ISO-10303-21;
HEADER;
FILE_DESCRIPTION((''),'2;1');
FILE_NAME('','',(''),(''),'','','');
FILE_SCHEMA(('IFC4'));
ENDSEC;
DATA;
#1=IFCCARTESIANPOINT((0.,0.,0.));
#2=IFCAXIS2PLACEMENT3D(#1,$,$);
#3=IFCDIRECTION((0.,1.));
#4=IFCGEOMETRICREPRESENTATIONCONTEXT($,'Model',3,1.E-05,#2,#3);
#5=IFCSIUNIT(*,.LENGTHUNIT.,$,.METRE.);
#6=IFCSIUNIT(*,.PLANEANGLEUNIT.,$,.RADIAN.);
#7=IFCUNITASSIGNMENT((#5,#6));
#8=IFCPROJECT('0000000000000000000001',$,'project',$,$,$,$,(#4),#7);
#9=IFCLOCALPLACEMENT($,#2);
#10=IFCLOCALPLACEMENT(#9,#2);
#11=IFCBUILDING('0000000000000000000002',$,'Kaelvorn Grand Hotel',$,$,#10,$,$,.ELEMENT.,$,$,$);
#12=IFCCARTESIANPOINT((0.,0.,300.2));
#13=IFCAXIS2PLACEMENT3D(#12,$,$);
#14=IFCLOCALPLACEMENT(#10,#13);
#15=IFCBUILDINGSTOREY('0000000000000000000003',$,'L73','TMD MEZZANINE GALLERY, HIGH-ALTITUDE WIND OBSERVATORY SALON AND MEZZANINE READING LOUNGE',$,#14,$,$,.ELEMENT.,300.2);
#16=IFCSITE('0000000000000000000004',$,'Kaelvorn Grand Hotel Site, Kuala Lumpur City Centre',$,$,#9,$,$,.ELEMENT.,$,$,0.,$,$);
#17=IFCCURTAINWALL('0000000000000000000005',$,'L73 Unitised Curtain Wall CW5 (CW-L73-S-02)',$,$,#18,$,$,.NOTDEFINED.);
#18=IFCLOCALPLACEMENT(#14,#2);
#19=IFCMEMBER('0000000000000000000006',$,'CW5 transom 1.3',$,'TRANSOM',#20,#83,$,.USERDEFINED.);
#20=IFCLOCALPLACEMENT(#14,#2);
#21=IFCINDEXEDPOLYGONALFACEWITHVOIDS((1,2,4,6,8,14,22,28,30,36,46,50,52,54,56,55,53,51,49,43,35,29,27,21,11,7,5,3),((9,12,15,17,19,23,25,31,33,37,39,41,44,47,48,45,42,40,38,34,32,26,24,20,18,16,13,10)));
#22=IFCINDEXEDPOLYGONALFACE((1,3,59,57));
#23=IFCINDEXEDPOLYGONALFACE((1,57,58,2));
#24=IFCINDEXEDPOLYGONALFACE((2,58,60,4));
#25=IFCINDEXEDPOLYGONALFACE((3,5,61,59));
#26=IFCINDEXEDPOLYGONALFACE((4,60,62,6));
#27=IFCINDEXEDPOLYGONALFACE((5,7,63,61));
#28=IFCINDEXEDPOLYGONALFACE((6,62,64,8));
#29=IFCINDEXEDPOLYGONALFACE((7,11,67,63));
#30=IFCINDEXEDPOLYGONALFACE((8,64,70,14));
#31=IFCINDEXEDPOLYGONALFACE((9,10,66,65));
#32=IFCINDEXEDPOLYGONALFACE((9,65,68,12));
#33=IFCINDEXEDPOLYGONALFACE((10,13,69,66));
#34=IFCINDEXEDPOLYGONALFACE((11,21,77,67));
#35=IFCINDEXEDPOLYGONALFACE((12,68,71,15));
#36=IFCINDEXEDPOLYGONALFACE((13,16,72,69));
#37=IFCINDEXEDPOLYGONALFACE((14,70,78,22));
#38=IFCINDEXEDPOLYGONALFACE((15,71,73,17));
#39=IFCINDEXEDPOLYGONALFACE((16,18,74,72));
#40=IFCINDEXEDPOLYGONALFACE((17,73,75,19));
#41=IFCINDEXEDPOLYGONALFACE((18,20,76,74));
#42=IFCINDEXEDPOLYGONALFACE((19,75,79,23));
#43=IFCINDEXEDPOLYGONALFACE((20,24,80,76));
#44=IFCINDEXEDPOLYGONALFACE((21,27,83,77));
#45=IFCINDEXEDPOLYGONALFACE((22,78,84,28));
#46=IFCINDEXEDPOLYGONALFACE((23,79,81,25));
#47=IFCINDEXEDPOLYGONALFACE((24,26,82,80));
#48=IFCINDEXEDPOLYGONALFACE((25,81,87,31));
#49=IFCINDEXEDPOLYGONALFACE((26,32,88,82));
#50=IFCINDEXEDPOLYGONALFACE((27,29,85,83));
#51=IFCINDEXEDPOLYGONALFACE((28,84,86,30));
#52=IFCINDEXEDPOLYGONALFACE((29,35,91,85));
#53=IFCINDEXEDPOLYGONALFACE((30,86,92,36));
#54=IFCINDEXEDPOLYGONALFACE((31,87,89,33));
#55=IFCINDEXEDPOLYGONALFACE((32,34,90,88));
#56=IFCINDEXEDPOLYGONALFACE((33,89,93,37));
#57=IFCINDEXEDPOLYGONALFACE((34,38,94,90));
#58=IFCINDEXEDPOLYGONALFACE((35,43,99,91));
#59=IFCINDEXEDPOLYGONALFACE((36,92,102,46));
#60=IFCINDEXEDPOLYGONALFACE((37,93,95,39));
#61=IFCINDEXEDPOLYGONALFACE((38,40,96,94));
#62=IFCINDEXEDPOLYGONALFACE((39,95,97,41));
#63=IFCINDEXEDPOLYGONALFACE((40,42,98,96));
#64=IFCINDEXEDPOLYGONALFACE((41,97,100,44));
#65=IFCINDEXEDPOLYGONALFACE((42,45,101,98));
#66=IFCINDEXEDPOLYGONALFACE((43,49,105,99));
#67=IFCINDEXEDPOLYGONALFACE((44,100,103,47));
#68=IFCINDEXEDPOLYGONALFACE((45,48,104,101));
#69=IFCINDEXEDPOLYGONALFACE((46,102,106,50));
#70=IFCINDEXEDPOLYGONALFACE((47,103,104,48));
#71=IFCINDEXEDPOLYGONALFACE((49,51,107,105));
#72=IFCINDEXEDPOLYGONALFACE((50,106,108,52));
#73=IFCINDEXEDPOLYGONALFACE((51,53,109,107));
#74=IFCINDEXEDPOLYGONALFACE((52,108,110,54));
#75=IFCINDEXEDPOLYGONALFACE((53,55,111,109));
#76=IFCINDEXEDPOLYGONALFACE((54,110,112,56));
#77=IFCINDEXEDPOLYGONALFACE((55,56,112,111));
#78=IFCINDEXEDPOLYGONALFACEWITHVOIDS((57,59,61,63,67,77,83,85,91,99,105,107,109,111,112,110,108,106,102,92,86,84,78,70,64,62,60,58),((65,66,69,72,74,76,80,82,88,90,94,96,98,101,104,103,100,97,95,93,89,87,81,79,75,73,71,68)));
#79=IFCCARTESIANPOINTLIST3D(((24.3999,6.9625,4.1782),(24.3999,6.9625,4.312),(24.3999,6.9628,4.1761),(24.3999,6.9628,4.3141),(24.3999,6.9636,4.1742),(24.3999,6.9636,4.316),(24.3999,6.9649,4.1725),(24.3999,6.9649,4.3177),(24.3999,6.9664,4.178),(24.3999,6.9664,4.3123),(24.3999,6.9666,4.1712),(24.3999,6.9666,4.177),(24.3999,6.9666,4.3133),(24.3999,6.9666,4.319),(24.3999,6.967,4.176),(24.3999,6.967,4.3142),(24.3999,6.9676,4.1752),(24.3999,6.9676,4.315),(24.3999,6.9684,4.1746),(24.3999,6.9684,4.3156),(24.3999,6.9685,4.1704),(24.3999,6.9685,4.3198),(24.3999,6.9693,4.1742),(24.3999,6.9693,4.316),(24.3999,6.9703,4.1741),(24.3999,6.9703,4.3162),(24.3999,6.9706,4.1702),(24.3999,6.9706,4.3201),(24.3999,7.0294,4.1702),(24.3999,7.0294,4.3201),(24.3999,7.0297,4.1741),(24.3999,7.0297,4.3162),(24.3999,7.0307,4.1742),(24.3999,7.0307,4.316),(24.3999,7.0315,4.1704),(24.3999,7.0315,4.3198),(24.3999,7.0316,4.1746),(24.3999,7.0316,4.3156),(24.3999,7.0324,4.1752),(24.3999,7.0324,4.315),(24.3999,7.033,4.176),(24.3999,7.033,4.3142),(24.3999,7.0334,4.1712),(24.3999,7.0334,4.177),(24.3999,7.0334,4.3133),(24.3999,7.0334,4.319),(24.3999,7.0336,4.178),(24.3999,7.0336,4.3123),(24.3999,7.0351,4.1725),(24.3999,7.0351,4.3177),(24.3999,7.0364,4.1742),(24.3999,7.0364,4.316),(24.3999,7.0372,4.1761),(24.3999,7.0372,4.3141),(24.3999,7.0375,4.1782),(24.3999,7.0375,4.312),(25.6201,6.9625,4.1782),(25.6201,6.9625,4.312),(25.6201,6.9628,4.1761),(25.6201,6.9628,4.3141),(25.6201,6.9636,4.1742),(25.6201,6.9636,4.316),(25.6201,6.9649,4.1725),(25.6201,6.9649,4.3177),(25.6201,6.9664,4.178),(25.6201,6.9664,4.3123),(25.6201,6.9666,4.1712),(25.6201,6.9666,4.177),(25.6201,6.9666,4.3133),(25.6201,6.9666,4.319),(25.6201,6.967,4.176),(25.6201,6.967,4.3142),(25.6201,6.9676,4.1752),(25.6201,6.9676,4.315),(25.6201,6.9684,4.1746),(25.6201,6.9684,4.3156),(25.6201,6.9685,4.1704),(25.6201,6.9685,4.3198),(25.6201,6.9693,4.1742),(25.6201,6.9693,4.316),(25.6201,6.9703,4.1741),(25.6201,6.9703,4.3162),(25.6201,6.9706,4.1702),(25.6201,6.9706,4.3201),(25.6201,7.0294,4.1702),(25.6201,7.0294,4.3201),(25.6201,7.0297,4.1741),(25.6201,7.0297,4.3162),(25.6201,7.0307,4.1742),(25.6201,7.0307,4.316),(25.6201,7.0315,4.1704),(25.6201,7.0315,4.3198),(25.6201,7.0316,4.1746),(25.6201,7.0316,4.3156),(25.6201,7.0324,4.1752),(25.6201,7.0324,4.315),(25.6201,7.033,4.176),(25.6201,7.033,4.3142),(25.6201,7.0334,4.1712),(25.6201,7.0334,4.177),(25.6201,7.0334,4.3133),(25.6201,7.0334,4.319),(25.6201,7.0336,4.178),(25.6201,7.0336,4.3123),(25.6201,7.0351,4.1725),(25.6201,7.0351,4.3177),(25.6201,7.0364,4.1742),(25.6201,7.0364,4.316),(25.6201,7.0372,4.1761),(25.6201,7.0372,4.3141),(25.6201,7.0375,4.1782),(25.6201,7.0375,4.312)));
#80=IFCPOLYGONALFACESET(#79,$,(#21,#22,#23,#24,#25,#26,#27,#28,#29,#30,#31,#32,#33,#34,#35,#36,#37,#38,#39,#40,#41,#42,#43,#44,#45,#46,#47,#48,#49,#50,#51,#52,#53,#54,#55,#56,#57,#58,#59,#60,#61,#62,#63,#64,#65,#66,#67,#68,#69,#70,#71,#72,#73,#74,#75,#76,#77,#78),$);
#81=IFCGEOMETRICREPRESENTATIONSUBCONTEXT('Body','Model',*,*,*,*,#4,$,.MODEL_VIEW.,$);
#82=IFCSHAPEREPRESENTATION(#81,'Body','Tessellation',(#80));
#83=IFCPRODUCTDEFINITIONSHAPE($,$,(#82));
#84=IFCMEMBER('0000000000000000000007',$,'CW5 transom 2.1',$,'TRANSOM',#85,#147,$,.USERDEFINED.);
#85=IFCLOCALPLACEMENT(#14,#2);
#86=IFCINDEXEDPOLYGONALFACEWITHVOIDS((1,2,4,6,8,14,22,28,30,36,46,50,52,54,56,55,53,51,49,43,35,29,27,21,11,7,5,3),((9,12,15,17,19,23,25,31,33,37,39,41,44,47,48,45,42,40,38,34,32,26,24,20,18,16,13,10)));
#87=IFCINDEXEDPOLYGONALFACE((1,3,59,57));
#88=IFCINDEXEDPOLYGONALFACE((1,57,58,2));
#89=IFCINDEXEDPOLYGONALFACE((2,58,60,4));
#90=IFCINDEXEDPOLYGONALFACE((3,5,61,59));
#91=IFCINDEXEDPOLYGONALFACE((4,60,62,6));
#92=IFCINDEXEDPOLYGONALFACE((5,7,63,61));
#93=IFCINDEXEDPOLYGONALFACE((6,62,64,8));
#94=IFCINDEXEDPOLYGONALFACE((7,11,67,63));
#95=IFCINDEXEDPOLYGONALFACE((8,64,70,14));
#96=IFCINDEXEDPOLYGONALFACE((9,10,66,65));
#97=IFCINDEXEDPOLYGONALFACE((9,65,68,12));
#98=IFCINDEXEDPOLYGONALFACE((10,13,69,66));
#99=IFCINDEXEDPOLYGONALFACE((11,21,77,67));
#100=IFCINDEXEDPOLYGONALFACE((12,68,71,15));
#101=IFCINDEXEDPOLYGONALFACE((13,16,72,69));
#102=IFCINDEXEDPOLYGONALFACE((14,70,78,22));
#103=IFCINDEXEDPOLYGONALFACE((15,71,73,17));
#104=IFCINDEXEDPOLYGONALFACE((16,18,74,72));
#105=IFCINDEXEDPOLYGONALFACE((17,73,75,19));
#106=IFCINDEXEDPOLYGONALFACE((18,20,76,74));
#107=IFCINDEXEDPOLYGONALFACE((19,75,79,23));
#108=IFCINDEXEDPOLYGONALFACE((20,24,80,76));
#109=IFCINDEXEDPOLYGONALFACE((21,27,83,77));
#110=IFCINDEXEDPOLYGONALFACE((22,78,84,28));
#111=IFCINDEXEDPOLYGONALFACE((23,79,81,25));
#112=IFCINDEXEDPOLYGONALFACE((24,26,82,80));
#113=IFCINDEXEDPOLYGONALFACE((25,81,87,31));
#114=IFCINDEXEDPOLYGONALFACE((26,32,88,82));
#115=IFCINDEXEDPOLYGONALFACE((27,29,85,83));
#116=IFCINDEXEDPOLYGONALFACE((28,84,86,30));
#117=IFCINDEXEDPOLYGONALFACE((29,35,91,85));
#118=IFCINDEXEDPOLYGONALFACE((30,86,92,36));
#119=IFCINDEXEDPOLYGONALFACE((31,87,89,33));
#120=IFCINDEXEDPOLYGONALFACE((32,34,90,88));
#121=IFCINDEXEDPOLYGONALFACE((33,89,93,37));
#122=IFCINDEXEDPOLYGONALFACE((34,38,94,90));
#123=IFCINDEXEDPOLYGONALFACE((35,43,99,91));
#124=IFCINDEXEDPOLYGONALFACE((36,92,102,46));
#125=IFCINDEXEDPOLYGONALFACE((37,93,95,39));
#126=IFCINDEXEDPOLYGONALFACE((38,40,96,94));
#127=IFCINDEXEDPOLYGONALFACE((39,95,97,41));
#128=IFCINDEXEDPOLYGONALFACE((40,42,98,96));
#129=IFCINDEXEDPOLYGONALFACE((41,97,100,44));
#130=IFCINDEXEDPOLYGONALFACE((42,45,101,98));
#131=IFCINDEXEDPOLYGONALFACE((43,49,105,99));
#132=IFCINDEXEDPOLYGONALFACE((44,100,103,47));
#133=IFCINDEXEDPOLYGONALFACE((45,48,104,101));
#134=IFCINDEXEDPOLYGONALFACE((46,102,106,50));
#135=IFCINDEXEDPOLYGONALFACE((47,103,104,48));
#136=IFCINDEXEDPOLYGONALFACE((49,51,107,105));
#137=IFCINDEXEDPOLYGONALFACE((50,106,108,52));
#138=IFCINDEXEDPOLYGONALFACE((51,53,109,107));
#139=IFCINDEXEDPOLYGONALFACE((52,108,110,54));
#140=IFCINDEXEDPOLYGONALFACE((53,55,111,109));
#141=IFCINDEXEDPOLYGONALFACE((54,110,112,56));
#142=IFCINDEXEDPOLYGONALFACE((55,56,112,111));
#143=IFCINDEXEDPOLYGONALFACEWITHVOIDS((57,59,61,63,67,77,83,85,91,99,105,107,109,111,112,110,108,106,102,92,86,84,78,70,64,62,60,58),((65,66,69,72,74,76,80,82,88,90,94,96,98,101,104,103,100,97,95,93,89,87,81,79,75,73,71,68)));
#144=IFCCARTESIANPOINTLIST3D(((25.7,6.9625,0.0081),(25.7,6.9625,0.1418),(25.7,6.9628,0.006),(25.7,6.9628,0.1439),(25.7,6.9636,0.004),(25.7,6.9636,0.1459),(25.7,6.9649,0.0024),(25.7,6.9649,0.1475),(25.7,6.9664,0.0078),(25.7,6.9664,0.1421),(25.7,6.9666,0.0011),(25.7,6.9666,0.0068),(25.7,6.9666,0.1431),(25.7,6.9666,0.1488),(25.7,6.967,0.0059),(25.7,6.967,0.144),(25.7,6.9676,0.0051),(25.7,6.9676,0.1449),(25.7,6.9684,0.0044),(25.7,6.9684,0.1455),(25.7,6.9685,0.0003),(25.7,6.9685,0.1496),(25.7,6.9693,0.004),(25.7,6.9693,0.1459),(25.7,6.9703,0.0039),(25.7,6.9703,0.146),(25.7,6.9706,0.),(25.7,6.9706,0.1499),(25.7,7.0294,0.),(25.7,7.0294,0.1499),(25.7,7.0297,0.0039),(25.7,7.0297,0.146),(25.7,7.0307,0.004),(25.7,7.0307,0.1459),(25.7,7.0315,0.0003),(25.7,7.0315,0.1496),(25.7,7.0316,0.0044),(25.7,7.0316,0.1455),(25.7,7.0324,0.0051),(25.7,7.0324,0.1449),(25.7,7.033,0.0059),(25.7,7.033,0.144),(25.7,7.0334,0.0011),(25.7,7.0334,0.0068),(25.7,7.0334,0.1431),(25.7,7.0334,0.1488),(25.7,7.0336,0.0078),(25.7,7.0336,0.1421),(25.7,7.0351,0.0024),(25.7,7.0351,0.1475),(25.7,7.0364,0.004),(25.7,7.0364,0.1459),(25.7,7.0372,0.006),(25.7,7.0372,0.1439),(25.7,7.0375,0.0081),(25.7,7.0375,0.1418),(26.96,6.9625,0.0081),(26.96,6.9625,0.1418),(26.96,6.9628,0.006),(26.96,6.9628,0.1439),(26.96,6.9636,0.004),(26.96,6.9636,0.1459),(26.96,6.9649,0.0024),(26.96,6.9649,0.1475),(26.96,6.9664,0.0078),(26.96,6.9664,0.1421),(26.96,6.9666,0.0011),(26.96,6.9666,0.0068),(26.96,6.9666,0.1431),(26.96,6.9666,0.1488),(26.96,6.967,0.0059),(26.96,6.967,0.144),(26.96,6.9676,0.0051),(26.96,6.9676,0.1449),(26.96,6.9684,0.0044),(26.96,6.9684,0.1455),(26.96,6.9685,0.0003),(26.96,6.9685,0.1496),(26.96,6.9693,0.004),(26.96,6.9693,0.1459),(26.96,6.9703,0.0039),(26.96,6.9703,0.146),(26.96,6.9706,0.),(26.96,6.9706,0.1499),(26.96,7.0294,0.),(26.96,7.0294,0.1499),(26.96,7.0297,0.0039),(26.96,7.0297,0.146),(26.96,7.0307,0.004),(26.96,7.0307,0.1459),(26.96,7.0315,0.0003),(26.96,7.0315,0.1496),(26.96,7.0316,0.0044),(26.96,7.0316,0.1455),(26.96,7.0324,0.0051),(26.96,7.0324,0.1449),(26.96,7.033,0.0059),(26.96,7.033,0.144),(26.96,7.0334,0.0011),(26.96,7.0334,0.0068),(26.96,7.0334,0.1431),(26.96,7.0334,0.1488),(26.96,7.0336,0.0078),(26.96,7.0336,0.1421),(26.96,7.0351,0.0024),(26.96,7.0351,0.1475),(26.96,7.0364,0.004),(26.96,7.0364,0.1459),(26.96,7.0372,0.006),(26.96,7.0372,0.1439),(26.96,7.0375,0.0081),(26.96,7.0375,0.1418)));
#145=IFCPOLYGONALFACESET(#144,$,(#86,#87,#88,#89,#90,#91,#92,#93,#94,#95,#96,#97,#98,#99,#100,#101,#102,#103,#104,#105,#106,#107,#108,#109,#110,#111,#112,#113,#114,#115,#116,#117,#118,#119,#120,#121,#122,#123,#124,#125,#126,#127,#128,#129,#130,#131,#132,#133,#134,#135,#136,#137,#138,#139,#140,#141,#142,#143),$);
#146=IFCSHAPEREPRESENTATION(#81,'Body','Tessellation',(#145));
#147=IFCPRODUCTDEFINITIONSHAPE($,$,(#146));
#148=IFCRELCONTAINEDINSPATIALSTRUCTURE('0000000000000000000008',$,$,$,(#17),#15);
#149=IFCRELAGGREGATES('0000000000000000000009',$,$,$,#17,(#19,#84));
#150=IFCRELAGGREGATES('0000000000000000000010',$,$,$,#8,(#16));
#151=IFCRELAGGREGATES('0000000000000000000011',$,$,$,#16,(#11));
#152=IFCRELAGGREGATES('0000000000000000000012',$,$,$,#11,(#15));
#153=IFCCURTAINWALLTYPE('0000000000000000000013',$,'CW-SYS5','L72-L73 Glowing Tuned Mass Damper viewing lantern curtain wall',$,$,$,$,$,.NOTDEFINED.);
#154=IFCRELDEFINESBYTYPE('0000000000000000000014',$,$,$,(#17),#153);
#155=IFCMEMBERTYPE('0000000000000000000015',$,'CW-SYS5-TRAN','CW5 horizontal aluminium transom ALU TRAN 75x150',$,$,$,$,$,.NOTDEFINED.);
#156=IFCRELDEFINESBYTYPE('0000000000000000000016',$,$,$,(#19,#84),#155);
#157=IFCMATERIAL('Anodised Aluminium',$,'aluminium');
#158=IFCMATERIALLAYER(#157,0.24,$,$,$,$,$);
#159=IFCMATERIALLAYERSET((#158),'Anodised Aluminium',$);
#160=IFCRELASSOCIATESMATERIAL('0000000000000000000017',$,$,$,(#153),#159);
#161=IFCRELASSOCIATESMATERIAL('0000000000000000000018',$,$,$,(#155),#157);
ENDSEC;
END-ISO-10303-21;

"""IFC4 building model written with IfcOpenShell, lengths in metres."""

from ifc_helpers import new_model, si_unit, direction, frame, origin, origin_2d, place, context, subcontext, project, spatial, hollow_rectangle, extrude, material, layer, layer_set, material_profile, profile_set, type_object, element, aggregate, save


model = new_model("IFC4")

# Units and contexts
model_context = context("Model", 3, precision=1e-05, world=origin(), true_north=direction((0.0, 1.0)))
body_context = subcontext(model_context, "Body", "Model", "MODEL_VIEW")
ifc_project = project(units=[si_unit("LENGTHUNIT", "METRE"), si_unit("PLANEANGLEUNIT", "RADIAN")], contexts=[model_context])

# Site, building, storey
site_placement = place(None, origin())
site = spatial("IfcSite", under=ifc_project, at=site_placement, Name="Kaelvorn Grand Hotel Site, Kuala Lumpur City Centre", CompositionType="ELEMENT", RefElevation=0.0)
building_placement = place(site_placement, origin())
building = spatial("IfcBuilding", under=site, at=building_placement, Name="Kaelvorn Grand Hotel", CompositionType="ELEMENT")
storey_placement = place(building_placement, frame((0.0, 0.0, 300.2)))
storey = spatial("IfcBuildingStorey", under=building, at=storey_placement, Name="L73", Description="TMD MEZZANINE GALLERY, HIGH-ALTITUDE WIND OBSERVATORY SALON AND MEZZANINE READING LOUNGE", CompositionType="ELEMENT", Elevation=300.2)

# Curtain wall, members
ifc_material_1 = material(Name="Anodised Aluminium", Category="aluminium")
ifc_layer_1 = layer(ifc_material_1, 0.24)
ifc_layer_set_1 = layer_set([ifc_layer_1], Name="Anodised Aluminium")
curtain_wall_type = type_object("IfcCurtainWallType", Name="CW-SYS5", Description="L72-L73 Glowing Tuned Mass Damper viewing lantern curtain wall", PredefinedType="NOTDEFINED", material=ifc_layer_set_1)
curtain_wall_placement = place(storey_placement, origin())
curtain_wall = element("IfcCurtainWall", 1, at=curtain_wall_placement, inside=storey, type_object=curtain_wall_type, Name="L73 Unitised Curtain Wall CW5 (CW-L73-S-02)", PredefinedType="NOTDEFINED")
ifc_material_profile_1 = material_profile(ifc_material_1, hollow_rectangle(XDim=0.075, YDim=0.1499, WallThickness=0.0039, InnerFilletRadius=0.0039, OuterFilletRadius=0.0081, at=origin_2d()), Name="ALU TRAN 75x150")
ifc_profile_set_1 = profile_set([ifc_material_profile_1], Name="Anodised Aluminium")
member_type_1 = type_object("IfcMemberType", Name="CW-SYS5-TRAN", Description="CW5 horizontal aluminium transom ALU TRAN 75x150", PredefinedType="NOTDEFINED", material=ifc_profile_set_1)
member_1_placement = place(storey_placement, frame((24.3999, 7.0, 4.2451), z_axis=(1.0, 0.0, 0.0), x_axis=(0.0, 1.0, 0.0)))
member_1 = element("IfcMember", 2, at=member_1_placement, type_object=member_type_1, Name="CW5 transom 1.3", ObjectType="TRANSOM", PredefinedType="USERDEFINED", context=body_context, shape_type="SweptSolid", body=[
    extrude(hollow_rectangle(XDim=0.075, YDim=0.1499, WallThickness=0.0039, InnerFilletRadius=0.0039, OuterFilletRadius=0.0081, at=origin_2d()), origin(), (0.0, 0.0, 1.0), 1.2202),
])
member_2_placement = place(storey_placement, frame((25.7, 7.0, 0.075), z_axis=(1.0, 0.0, 0.0), x_axis=(0.0, 1.0, 0.0)))
member_2 = element("IfcMember", 3, at=member_2_placement, type_object=member_type_1, Name="CW5 transom 2.1", ObjectType="TRANSOM", PredefinedType="USERDEFINED", context=body_context, shape_type="SweptSolid", body=[
    extrude(hollow_rectangle(XDim=0.075, YDim=0.1499, WallThickness=0.0039, InnerFilletRadius=0.0039, OuterFilletRadius=0.0081, at=origin_2d()), origin(), (0.0, 0.0, 1.0), 1.26),
])
aggregate(curtain_wall, [member_1, member_2])

save(model, "model.ifc")
